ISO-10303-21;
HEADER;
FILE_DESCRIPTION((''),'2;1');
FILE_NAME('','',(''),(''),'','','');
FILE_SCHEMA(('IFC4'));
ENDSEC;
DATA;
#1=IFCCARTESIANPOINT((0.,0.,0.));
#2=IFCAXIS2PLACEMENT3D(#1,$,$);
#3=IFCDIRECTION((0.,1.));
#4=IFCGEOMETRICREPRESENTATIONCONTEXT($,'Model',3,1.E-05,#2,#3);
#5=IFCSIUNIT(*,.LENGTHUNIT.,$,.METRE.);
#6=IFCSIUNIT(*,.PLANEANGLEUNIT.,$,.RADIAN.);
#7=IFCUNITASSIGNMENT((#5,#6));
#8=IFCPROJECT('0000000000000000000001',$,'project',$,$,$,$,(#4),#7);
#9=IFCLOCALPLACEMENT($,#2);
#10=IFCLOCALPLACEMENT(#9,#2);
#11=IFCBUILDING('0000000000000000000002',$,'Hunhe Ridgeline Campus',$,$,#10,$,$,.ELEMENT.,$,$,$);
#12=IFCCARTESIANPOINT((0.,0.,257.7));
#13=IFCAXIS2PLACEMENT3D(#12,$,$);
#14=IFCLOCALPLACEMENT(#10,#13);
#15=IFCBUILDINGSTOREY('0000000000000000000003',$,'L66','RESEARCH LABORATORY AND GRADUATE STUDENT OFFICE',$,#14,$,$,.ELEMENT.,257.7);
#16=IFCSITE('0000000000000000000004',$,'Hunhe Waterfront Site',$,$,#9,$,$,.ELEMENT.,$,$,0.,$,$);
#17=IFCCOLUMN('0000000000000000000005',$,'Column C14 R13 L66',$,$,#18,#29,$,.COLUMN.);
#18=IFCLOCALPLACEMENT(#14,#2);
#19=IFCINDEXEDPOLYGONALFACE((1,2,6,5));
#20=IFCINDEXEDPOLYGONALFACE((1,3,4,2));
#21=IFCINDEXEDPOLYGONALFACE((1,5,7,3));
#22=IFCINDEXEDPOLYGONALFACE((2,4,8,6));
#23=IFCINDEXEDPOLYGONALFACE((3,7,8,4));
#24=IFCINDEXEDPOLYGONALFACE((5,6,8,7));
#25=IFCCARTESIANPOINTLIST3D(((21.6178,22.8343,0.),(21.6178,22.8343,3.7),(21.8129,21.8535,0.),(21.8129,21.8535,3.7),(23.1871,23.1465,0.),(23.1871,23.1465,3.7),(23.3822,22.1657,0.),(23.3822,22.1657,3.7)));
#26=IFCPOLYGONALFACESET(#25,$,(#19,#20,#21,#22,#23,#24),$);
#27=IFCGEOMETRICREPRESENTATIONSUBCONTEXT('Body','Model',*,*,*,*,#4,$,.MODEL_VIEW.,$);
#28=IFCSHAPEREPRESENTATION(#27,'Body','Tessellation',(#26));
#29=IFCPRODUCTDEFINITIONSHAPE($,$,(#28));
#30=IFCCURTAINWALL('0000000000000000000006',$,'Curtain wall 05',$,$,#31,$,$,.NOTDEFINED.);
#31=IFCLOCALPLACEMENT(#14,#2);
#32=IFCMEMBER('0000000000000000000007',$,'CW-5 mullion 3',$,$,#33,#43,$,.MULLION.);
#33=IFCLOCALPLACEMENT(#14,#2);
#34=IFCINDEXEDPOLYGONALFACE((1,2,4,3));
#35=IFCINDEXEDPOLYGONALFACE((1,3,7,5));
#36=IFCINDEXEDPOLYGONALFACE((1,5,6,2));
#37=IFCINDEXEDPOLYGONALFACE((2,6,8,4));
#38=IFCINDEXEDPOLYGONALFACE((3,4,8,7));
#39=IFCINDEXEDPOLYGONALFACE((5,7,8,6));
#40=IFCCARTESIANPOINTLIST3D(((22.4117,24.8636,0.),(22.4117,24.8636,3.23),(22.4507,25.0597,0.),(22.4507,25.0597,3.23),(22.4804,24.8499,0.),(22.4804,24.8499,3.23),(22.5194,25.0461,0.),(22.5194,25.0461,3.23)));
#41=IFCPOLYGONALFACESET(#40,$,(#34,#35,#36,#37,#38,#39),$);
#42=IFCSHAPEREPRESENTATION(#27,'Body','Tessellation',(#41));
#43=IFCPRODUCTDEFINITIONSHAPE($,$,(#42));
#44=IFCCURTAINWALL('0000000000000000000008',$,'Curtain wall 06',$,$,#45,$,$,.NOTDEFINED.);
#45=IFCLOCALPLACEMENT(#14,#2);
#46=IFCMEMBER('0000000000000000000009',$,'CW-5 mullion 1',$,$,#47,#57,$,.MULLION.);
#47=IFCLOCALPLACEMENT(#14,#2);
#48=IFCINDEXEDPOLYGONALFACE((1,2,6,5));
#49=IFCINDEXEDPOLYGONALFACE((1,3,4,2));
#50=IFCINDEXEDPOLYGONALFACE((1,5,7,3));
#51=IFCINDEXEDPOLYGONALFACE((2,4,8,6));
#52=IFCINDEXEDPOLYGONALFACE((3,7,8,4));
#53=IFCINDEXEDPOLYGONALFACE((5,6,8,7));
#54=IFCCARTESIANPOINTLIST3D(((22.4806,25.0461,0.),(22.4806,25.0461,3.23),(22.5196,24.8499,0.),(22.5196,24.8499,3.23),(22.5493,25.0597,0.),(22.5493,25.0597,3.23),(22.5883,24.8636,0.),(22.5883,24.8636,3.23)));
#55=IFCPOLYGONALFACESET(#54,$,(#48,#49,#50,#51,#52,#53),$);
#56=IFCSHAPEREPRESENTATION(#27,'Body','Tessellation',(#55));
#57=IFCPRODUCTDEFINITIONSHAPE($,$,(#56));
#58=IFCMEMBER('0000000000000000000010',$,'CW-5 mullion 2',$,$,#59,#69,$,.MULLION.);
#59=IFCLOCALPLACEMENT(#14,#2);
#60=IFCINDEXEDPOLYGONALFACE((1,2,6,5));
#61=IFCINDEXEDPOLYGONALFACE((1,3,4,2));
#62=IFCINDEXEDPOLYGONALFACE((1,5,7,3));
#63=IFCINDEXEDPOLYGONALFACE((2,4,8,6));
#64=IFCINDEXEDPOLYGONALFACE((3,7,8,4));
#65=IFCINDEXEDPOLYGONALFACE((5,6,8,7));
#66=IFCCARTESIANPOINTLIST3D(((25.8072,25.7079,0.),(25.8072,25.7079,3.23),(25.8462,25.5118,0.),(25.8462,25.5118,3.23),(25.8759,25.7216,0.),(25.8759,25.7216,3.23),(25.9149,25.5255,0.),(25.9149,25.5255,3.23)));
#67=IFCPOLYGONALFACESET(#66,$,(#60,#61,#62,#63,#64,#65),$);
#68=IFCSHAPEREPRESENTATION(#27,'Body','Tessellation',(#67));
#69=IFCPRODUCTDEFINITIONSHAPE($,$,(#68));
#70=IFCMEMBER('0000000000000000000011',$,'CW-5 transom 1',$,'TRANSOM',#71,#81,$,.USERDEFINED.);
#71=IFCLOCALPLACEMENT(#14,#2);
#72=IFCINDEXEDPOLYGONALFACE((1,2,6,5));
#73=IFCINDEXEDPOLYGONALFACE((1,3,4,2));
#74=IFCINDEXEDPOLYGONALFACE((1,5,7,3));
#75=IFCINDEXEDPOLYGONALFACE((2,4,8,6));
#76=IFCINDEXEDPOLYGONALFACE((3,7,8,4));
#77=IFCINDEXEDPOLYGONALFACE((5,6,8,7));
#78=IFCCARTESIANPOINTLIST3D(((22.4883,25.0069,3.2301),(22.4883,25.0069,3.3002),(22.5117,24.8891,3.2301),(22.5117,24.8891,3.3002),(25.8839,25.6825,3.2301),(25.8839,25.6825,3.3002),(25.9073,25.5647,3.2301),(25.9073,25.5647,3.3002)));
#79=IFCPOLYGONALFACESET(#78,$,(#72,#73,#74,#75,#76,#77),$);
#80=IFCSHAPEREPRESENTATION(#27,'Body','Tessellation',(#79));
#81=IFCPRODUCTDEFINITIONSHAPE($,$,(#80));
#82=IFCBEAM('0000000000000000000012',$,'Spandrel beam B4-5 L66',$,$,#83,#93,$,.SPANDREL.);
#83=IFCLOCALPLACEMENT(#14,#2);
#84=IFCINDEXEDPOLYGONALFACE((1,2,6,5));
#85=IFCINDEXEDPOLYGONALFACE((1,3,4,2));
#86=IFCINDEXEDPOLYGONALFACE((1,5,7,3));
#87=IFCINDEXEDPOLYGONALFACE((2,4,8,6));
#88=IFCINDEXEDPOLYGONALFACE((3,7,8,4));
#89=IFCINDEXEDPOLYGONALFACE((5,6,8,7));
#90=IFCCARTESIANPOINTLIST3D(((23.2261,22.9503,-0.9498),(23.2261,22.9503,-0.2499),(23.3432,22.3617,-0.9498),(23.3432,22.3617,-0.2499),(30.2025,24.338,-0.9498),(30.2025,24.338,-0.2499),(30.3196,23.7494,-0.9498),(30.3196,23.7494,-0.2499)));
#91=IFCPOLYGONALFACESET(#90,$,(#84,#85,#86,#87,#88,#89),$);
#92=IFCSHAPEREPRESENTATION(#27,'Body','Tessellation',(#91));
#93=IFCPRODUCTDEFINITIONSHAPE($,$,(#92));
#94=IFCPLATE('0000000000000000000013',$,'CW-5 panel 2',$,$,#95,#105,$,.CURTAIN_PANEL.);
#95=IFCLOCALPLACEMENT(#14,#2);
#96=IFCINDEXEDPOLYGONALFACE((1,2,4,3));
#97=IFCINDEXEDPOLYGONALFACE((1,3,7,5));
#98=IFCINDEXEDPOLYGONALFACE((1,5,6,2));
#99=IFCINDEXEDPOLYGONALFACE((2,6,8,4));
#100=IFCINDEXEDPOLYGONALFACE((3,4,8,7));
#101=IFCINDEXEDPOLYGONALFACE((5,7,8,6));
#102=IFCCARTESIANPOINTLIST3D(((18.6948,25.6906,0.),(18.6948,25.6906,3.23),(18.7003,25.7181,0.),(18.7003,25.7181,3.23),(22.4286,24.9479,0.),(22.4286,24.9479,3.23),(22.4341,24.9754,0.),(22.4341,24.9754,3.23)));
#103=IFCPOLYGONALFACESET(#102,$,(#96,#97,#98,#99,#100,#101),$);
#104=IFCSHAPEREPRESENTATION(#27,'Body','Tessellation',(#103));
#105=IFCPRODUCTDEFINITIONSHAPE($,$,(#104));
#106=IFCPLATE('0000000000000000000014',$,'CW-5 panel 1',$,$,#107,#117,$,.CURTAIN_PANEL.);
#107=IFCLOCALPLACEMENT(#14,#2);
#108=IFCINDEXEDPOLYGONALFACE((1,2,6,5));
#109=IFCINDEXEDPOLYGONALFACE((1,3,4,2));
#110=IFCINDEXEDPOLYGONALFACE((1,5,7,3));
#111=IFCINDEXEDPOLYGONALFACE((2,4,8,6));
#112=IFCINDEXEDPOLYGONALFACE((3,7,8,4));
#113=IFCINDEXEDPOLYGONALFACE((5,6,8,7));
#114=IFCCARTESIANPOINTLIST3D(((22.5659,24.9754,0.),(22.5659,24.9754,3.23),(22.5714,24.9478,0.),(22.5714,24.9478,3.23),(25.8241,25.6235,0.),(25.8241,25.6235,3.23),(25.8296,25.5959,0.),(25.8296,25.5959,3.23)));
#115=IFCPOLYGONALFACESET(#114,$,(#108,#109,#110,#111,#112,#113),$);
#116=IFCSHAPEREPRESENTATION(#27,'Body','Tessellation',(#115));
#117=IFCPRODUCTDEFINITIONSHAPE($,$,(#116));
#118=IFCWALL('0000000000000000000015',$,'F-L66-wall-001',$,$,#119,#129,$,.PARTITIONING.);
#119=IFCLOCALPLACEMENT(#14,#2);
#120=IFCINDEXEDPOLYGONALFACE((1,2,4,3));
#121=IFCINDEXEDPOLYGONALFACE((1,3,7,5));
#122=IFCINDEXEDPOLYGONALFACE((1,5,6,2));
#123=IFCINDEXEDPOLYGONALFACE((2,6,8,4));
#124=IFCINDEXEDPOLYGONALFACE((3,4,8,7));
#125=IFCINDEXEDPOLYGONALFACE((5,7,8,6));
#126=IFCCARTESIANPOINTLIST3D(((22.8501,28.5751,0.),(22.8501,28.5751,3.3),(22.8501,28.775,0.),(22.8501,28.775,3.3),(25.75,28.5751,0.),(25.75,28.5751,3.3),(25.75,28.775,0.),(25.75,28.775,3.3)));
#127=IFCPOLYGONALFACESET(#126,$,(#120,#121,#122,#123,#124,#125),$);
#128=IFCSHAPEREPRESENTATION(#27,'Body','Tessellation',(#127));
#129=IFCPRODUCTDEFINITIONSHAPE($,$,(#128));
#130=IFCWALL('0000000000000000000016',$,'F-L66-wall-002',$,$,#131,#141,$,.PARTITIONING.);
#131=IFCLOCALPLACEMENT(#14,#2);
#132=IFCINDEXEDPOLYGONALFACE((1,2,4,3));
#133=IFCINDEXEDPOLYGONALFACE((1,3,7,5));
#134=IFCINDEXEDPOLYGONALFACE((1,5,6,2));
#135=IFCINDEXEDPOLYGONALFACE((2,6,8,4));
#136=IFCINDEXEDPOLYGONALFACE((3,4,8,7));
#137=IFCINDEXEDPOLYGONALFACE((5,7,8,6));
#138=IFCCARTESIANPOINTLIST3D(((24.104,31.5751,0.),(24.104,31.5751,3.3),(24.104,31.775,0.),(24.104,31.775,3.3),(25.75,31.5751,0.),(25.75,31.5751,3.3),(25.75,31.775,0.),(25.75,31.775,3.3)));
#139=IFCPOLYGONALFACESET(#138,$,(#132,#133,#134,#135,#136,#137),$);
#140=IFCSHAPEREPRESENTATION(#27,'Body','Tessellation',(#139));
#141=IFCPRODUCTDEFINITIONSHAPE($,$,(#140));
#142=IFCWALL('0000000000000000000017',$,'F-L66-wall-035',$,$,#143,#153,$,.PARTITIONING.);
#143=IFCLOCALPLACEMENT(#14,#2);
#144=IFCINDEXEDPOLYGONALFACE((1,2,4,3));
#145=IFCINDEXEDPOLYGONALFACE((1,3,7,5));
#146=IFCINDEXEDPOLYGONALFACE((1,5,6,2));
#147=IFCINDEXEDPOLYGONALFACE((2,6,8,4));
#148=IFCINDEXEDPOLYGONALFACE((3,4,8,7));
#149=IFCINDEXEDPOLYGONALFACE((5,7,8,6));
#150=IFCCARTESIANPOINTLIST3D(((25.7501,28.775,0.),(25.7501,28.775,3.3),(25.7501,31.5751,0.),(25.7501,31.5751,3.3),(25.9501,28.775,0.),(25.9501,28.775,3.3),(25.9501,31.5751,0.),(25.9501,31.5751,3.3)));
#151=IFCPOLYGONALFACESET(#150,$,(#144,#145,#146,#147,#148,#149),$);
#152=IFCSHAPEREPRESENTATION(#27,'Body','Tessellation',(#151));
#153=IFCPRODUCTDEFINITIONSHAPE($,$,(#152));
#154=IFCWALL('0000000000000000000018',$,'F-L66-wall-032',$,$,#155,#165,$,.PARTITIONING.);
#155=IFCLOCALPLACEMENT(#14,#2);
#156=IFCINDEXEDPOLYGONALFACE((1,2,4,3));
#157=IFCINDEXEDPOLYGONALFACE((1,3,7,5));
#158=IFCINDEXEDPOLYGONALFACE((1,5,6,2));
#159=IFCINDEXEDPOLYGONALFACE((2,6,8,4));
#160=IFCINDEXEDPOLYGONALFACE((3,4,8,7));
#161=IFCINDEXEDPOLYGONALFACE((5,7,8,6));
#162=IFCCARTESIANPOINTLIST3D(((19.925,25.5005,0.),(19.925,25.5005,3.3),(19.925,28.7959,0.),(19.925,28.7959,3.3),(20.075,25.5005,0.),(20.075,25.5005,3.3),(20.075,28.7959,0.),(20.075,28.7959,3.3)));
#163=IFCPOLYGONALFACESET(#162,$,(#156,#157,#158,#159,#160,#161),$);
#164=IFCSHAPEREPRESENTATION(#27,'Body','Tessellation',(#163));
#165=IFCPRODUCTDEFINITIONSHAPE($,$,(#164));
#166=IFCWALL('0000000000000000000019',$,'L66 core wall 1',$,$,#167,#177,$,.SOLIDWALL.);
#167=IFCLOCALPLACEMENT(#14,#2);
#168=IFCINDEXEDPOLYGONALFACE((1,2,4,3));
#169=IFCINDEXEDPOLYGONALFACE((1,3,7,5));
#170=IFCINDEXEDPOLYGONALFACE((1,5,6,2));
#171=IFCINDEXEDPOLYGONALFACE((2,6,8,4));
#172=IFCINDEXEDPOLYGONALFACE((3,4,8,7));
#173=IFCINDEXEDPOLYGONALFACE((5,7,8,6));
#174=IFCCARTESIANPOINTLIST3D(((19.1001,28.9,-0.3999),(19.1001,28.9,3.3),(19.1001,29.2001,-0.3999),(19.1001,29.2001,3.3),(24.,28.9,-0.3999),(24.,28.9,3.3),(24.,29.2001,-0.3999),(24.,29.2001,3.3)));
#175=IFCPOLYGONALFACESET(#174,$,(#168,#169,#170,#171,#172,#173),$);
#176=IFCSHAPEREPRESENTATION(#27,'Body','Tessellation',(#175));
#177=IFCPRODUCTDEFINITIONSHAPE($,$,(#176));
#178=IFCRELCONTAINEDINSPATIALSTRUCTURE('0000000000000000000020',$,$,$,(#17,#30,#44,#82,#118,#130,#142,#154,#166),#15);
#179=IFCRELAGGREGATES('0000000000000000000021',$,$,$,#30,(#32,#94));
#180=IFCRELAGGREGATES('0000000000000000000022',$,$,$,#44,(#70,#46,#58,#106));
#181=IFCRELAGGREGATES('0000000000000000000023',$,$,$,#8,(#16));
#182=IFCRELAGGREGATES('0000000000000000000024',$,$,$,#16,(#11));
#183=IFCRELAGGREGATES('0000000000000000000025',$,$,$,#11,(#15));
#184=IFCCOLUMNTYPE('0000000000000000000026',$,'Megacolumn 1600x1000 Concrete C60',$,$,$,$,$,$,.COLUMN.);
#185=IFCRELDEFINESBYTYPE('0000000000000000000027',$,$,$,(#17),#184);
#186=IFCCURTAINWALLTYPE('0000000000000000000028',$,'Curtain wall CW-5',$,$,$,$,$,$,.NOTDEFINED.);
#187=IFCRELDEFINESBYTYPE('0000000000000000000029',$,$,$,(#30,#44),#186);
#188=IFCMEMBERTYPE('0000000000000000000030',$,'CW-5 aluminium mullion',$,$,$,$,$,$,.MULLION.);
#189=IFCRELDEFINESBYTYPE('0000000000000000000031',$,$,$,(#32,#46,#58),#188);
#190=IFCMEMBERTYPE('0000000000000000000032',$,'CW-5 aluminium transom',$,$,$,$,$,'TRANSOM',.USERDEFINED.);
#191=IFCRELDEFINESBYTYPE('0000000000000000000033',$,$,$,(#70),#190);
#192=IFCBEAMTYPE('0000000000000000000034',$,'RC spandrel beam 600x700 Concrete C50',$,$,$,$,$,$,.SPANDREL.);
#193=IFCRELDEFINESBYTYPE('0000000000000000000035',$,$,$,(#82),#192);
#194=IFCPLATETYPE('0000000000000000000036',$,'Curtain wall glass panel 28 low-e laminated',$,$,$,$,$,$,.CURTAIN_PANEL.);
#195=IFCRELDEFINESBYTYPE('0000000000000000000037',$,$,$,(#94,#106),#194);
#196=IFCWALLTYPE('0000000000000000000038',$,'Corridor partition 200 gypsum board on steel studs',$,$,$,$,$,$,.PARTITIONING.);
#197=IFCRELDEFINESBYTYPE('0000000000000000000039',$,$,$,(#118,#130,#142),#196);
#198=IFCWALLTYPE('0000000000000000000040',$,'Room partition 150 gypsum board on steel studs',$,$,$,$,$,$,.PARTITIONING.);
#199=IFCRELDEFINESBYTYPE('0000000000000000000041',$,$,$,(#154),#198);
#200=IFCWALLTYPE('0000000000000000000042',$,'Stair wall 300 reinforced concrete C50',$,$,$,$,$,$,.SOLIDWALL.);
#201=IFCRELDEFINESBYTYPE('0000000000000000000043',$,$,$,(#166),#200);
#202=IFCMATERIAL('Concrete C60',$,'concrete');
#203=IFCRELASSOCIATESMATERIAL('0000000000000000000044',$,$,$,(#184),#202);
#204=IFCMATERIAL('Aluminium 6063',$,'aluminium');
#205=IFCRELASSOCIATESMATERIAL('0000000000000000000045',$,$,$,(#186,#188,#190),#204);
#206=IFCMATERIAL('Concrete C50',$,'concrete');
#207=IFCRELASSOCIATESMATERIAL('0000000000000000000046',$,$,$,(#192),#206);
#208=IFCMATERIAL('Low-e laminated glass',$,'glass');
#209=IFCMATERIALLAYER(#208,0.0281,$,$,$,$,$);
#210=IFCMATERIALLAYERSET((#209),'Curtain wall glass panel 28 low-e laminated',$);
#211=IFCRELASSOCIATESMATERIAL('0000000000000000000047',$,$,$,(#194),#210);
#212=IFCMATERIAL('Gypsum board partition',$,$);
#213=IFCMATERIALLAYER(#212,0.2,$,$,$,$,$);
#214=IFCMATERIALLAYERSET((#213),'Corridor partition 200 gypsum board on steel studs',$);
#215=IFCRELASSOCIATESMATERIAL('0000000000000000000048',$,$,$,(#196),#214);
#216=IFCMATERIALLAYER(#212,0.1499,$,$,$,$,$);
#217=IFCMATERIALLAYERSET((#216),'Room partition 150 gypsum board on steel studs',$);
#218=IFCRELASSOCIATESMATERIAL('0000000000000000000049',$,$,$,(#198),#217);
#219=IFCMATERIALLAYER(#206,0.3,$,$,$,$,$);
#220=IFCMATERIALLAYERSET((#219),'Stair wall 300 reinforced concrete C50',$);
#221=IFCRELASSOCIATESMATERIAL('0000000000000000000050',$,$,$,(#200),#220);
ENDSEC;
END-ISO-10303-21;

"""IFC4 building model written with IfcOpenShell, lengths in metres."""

from ifc_helpers import new_model, si_unit, direction, frame, frame_2d, origin, origin_2d, place, context, subcontext, project, spatial, rectangle, extrude, material, layer, layer_set, material_profile, profile_set, type_object, element, aggregate, save


model = new_model("IFC4")

# Units and contexts
model_context = context("Model", 3, precision=1e-05, world=origin(), true_north=direction((0.0, 1.0)))
body_context = subcontext(model_context, "Body", "Model", "MODEL_VIEW")
ifc_project = project(units=[si_unit("LENGTHUNIT", "METRE"), si_unit("PLANEANGLEUNIT", "RADIAN")], contexts=[model_context])

# Site, building, storey
site_placement = place(None, origin())
site = spatial("IfcSite", under=ifc_project, at=site_placement, Name="Hunhe Waterfront Site", CompositionType="ELEMENT", RefElevation=0.0)
building_placement = place(site_placement, origin())
building = spatial("IfcBuilding", under=site, at=building_placement, Name="Hunhe Ridgeline Campus", CompositionType="ELEMENT")
storey_placement = place(building_placement, frame((0.0, 0.0, 257.7)))
storey = spatial("IfcBuildingStorey", under=building, at=storey_placement, Name="L66", Description="RESEARCH LABORATORY AND GRADUATE STUDENT OFFICE", CompositionType="ELEMENT", Elevation=257.7)

# Column
ifc_material_1 = material(Name="Concrete C60", Category="concrete")
ifc_material_profile_1 = material_profile(ifc_material_1, rectangle(XDim=1.6001, YDim=1.0, at=origin_2d()))
ifc_profile_set_1 = profile_set([ifc_material_profile_1], Name="Concrete C60")
column_type = type_object("IfcColumnType", Name="Megacolumn 1600x1000 Concrete C60", PredefinedType="COLUMN", material=ifc_profile_set_1)
column_placement = place(storey_placement, frame((22.5, 22.5, 0.0), z_axis=(0.0, 0.0, 1.0), x_axis=(0.980785, 0.19509, 0.0)))
element("IfcColumn", 1, at=column_placement, inside=storey, type_object=column_type, Name="Column C14 R13 L66", PredefinedType="COLUMN", context=body_context, shape_type="SweptSolid", body=[
    extrude(rectangle(XDim=1.6001, YDim=1.0, at=origin_2d()), origin(), (0.0, 0.0, 1.0), 3.7),
])

# Curtain wall, member
ifc_material_2 = material(Name="Aluminium 6063", Category="aluminium")
curtain_wall_type = type_object("IfcCurtainWallType", Name="Curtain wall CW-5", PredefinedType="NOTDEFINED", material=ifc_material_2)
curtain_wall_1_placement = place(storey_placement, origin())
curtain_wall_1 = element("IfcCurtainWall", 2, at=curtain_wall_1_placement, inside=storey, type_object=curtain_wall_type, Name="Curtain wall 05", PredefinedType="NOTDEFINED")
ifc_material_profile_2 = material_profile(ifc_material_2, rectangle(XDim=0.2, YDim=0.0701, at=origin_2d()))
ifc_profile_set_2 = profile_set([ifc_material_profile_2], Name="Aluminium 6063")
member_type_1 = type_object("IfcMemberType", Name="CW-5 aluminium mullion", PredefinedType="MULLION", material=ifc_profile_set_2)
member_1_placement = place(storey_placement, frame((22.4656, 24.9548, 0.0), z_axis=(0.0, 0.0, 1.0), x_axis=(0.19509, 0.980785, 0.0)))
member_1 = element("IfcMember", 3, at=member_1_placement, type_object=member_type_1, Name="CW-5 mullion 3", PredefinedType="MULLION", context=body_context, shape_type="SweptSolid", body=[
    extrude(rectangle(XDim=0.2, YDim=0.0701, at=origin_2d()), origin(), (0.0, 0.0, 1.0), 3.23),
])

# Curtain wall, members
curtain_wall_2_placement = place(storey_placement, origin())
curtain_wall_2 = element("IfcCurtainWall", 4, at=curtain_wall_2_placement, inside=storey, type_object=curtain_wall_type, Name="Curtain wall 06", PredefinedType="NOTDEFINED")
member_2_placement = place(storey_placement, frame((22.5344, 24.9548, 0.0), z_axis=(0.0, 0.0, 1.0), x_axis=(-0.19509, 0.980785, 0.0)))
member_2 = element("IfcMember", 5, at=member_2_placement, type_object=member_type_1, Name="CW-5 mullion 1", PredefinedType="MULLION", context=body_context, shape_type="SweptSolid", body=[
    extrude(rectangle(XDim=0.2, YDim=0.0701, at=origin_2d()), origin(), (0.0, 0.0, 1.0), 3.23),
])
member_3_placement = place(storey_placement, frame((25.8611, 25.6167, 0.0), z_axis=(0.0, 0.0, 1.0), x_axis=(-0.19509, 0.980785, 0.0)))
member_3 = element("IfcMember", 6, at=member_3_placement, type_object=member_type_1, Name="CW-5 mullion 2", PredefinedType="MULLION", context=body_context, shape_type="SweptSolid", body=[
    extrude(rectangle(XDim=0.2, YDim=0.0701, at=origin_2d()), origin(), (0.0, 0.0, 1.0), 3.23),
])
ifc_material_profile_3 = material_profile(ifc_material_2, rectangle(XDim=0.1201, YDim=0.0701, at=origin_2d()))
ifc_profile_set_3 = profile_set([ifc_material_profile_3], Name="Aluminium 6063")
member_type_2 = type_object("IfcMemberType", Name="CW-5 aluminium transom", ElementType="TRANSOM", PredefinedType="USERDEFINED", material=ifc_profile_set_3)
member_4_placement = place(storey_placement, frame((22.5, 24.948, 3.2651), z_axis=(0.980778, 0.195126, 0.0), x_axis=(-0.195126, 0.980778, 0.0)))
member_4 = element("IfcMember", 7, at=member_4_placement, type_object=member_type_2, Name="CW-5 transom 1", ObjectType="TRANSOM", PredefinedType="USERDEFINED", context=body_context, shape_type="SweptSolid", body=[
    extrude(rectangle(XDim=0.1201, YDim=0.0701, at=origin_2d()), origin(), (0.0, 0.0, 1.0), 3.4622),
])

# Beam
ifc_material_3 = material(Name="Concrete C50", Category="concrete")
ifc_material_profile_4 = material_profile(ifc_material_3, rectangle(XDim=0.6001, YDim=0.7, at=origin_2d()))
ifc_profile_set_4 = profile_set([ifc_material_profile_4], Name="Concrete C50")
beam_type = type_object("IfcBeamType", Name="RC spandrel beam 600x700 Concrete C50", PredefinedType="SPANDREL", material=ifc_profile_set_4)
beam_placement = place(storey_placement, frame((23.2847, 22.656, -0.5999), z_axis=(0.980785, 0.195093, 0.0), x_axis=(-0.195093, 0.980785, 0.0)))
element("IfcBeam", 8, at=beam_placement, inside=storey, type_object=beam_type, Name="Spandrel beam B4-5 L66", PredefinedType="SPANDREL", context=body_context, shape_type="SweptSolid", body=[
    extrude(rectangle(XDim=0.6001, YDim=0.7, at=origin_2d()), origin(), (0.0, 0.0, 1.0), 7.113),
])

# Plates
ifc_material_4 = material(Name="Low-e laminated glass", Category="glass")
ifc_layer_1 = layer(ifc_material_4, 0.0281)
ifc_layer_set_1 = layer_set([ifc_layer_1], Name="Curtain wall glass panel 28 low-e laminated")
plate_type = type_object("IfcPlateType", Name="Curtain wall glass panel 28 low-e laminated", PredefinedType="CURTAIN_PANEL", material=ifc_layer_set_1)
plate_1_placement = place(storey_placement, frame((20.5645, 25.333, 0.0), z_axis=(0.0, 0.0, 1.0), x_axis=(0.980785, -0.19509, 0.0)))
plate_1 = element("IfcPlate", 9, at=plate_1_placement, type_object=plate_type, Name="CW-5 panel 2", PredefinedType="CURTAIN_PANEL", context=body_context, shape_type="SweptSolid", body=[
    extrude(rectangle(XDim=3.8069, YDim=0.0281, at=origin_2d()), origin(), (0.0, 0.0, 1.0), 3.23),
])
aggregate(curtain_wall_1, [member_1, plate_1])
plate_2_placement = place(storey_placement, frame((24.1978, 25.2856, 0.0), z_axis=(0.0, 0.0, 1.0), x_axis=(0.980785, 0.19509, 0.0)))
plate_2 = element("IfcPlate", 10, at=plate_2_placement, type_object=plate_type, Name="CW-5 panel 1", PredefinedType="CURTAIN_PANEL", context=body_context, shape_type="SweptSolid", body=[
    extrude(rectangle(XDim=3.322, YDim=0.0281, at=origin_2d()), origin(), (0.0, 0.0, 1.0), 3.23),
])
aggregate(curtain_wall_2, [member_4, member_2, member_3, plate_2])

# Walls
ifc_material_5 = material(Name="Gypsum board partition")
ifc_layer_2 = layer(ifc_material_5, 0.2)
ifc_layer_set_2 = layer_set([ifc_layer_2], Name="Corridor partition 200 gypsum board on steel studs")
wall_type_1 = type_object("IfcWallType", Name="Corridor partition 200 gypsum board on steel studs", PredefinedType="PARTITIONING", material=ifc_layer_set_2)
wall_1_placement = place(storey_placement, frame((25.75, 28.675, 0.0), z_axis=(0.0, 0.0, 1.0), x_axis=(-1.0, 0.0, 0.0)))
element("IfcWall", 11, at=wall_1_placement, inside=storey, type_object=wall_type_1, Name="F-L66-wall-001", PredefinedType="PARTITIONING", context=body_context, shape_type="SweptSolid", body=[
    extrude(rectangle(XDim=2.8999, YDim=0.2, at=frame_2d((1.45, 0.0))), origin(), (0.0, 0.0, 1.0), 3.3),
])
wall_2_placement = place(storey_placement, frame((24.104, 31.675, 0.0), z_axis=(0.0, 0.0, 1.0), x_axis=(1.0, 0.0, 0.0)))
element("IfcWall", 12, at=wall_2_placement, inside=storey, type_object=wall_type_1, Name="F-L66-wall-002", PredefinedType="PARTITIONING", context=body_context, shape_type="SweptSolid", body=[
    extrude(rectangle(XDim=1.646, YDim=0.2, at=frame_2d((0.823, 0.0))), origin(), (0.0, 0.0, 1.0), 3.3),
])
wall_3_placement = place(storey_placement, frame((25.8501, 31.575, 0.0), z_axis=(0.0, 0.0, 1.0), x_axis=(0.0, -1.0, 0.0)))
element("IfcWall", 13, at=wall_3_placement, inside=storey, type_object=wall_type_1, Name="F-L66-wall-035", PredefinedType="PARTITIONING", context=body_context, shape_type="SweptSolid", body=[
    extrude(rectangle(XDim=2.8, YDim=0.2, at=frame_2d((1.3999, 0.0))), origin(), (0.0, 0.0, 1.0), 3.3),
])
ifc_layer_3 = layer(ifc_material_5, 0.1499)
ifc_layer_set_3 = layer_set([ifc_layer_3], Name="Room partition 150 gypsum board on steel studs")
wall_type_2 = type_object("IfcWallType", Name="Room partition 150 gypsum board on steel studs", PredefinedType="PARTITIONING", material=ifc_layer_set_3)
wall_4_placement = place(storey_placement, frame((20.0, 28.7959, 0.0), z_axis=(0.0, 0.0, 1.0), x_axis=(0.0, -1.0, 0.0)))
element("IfcWall", 14, at=wall_4_placement, inside=storey, type_object=wall_type_2, Name="F-L66-wall-032", PredefinedType="PARTITIONING", context=body_context, shape_type="SweptSolid", body=[
    extrude(rectangle(XDim=3.2954, YDim=0.1499, at=frame_2d((1.6477, 0.0))), origin(), (0.0, 0.0, 1.0), 3.3),
])
ifc_layer_4 = layer(ifc_material_3, 0.3)
ifc_layer_set_4 = layer_set([ifc_layer_4], Name="Stair wall 300 reinforced concrete C50")
wall_type_3 = type_object("IfcWallType", Name="Stair wall 300 reinforced concrete C50", PredefinedType="SOLIDWALL", material=ifc_layer_set_4)
wall_5_placement = place(storey_placement, frame((19.1001, 29.05, -0.3999), z_axis=(0.0, 0.0, 1.0), x_axis=(1.0, 0.0, 0.0)))
element("IfcWall", 15, at=wall_5_placement, inside=storey, type_object=wall_type_3, Name="L66 core wall 1", PredefinedType="SOLIDWALL", context=body_context, shape_type="SweptSolid", body=[
    extrude(rectangle(XDim=4.8999, YDim=0.3, at=frame_2d((2.45, 0.0))), origin(), (0.0, 0.0, 1.0), 3.7),
])

save(model, "model.ifc")
